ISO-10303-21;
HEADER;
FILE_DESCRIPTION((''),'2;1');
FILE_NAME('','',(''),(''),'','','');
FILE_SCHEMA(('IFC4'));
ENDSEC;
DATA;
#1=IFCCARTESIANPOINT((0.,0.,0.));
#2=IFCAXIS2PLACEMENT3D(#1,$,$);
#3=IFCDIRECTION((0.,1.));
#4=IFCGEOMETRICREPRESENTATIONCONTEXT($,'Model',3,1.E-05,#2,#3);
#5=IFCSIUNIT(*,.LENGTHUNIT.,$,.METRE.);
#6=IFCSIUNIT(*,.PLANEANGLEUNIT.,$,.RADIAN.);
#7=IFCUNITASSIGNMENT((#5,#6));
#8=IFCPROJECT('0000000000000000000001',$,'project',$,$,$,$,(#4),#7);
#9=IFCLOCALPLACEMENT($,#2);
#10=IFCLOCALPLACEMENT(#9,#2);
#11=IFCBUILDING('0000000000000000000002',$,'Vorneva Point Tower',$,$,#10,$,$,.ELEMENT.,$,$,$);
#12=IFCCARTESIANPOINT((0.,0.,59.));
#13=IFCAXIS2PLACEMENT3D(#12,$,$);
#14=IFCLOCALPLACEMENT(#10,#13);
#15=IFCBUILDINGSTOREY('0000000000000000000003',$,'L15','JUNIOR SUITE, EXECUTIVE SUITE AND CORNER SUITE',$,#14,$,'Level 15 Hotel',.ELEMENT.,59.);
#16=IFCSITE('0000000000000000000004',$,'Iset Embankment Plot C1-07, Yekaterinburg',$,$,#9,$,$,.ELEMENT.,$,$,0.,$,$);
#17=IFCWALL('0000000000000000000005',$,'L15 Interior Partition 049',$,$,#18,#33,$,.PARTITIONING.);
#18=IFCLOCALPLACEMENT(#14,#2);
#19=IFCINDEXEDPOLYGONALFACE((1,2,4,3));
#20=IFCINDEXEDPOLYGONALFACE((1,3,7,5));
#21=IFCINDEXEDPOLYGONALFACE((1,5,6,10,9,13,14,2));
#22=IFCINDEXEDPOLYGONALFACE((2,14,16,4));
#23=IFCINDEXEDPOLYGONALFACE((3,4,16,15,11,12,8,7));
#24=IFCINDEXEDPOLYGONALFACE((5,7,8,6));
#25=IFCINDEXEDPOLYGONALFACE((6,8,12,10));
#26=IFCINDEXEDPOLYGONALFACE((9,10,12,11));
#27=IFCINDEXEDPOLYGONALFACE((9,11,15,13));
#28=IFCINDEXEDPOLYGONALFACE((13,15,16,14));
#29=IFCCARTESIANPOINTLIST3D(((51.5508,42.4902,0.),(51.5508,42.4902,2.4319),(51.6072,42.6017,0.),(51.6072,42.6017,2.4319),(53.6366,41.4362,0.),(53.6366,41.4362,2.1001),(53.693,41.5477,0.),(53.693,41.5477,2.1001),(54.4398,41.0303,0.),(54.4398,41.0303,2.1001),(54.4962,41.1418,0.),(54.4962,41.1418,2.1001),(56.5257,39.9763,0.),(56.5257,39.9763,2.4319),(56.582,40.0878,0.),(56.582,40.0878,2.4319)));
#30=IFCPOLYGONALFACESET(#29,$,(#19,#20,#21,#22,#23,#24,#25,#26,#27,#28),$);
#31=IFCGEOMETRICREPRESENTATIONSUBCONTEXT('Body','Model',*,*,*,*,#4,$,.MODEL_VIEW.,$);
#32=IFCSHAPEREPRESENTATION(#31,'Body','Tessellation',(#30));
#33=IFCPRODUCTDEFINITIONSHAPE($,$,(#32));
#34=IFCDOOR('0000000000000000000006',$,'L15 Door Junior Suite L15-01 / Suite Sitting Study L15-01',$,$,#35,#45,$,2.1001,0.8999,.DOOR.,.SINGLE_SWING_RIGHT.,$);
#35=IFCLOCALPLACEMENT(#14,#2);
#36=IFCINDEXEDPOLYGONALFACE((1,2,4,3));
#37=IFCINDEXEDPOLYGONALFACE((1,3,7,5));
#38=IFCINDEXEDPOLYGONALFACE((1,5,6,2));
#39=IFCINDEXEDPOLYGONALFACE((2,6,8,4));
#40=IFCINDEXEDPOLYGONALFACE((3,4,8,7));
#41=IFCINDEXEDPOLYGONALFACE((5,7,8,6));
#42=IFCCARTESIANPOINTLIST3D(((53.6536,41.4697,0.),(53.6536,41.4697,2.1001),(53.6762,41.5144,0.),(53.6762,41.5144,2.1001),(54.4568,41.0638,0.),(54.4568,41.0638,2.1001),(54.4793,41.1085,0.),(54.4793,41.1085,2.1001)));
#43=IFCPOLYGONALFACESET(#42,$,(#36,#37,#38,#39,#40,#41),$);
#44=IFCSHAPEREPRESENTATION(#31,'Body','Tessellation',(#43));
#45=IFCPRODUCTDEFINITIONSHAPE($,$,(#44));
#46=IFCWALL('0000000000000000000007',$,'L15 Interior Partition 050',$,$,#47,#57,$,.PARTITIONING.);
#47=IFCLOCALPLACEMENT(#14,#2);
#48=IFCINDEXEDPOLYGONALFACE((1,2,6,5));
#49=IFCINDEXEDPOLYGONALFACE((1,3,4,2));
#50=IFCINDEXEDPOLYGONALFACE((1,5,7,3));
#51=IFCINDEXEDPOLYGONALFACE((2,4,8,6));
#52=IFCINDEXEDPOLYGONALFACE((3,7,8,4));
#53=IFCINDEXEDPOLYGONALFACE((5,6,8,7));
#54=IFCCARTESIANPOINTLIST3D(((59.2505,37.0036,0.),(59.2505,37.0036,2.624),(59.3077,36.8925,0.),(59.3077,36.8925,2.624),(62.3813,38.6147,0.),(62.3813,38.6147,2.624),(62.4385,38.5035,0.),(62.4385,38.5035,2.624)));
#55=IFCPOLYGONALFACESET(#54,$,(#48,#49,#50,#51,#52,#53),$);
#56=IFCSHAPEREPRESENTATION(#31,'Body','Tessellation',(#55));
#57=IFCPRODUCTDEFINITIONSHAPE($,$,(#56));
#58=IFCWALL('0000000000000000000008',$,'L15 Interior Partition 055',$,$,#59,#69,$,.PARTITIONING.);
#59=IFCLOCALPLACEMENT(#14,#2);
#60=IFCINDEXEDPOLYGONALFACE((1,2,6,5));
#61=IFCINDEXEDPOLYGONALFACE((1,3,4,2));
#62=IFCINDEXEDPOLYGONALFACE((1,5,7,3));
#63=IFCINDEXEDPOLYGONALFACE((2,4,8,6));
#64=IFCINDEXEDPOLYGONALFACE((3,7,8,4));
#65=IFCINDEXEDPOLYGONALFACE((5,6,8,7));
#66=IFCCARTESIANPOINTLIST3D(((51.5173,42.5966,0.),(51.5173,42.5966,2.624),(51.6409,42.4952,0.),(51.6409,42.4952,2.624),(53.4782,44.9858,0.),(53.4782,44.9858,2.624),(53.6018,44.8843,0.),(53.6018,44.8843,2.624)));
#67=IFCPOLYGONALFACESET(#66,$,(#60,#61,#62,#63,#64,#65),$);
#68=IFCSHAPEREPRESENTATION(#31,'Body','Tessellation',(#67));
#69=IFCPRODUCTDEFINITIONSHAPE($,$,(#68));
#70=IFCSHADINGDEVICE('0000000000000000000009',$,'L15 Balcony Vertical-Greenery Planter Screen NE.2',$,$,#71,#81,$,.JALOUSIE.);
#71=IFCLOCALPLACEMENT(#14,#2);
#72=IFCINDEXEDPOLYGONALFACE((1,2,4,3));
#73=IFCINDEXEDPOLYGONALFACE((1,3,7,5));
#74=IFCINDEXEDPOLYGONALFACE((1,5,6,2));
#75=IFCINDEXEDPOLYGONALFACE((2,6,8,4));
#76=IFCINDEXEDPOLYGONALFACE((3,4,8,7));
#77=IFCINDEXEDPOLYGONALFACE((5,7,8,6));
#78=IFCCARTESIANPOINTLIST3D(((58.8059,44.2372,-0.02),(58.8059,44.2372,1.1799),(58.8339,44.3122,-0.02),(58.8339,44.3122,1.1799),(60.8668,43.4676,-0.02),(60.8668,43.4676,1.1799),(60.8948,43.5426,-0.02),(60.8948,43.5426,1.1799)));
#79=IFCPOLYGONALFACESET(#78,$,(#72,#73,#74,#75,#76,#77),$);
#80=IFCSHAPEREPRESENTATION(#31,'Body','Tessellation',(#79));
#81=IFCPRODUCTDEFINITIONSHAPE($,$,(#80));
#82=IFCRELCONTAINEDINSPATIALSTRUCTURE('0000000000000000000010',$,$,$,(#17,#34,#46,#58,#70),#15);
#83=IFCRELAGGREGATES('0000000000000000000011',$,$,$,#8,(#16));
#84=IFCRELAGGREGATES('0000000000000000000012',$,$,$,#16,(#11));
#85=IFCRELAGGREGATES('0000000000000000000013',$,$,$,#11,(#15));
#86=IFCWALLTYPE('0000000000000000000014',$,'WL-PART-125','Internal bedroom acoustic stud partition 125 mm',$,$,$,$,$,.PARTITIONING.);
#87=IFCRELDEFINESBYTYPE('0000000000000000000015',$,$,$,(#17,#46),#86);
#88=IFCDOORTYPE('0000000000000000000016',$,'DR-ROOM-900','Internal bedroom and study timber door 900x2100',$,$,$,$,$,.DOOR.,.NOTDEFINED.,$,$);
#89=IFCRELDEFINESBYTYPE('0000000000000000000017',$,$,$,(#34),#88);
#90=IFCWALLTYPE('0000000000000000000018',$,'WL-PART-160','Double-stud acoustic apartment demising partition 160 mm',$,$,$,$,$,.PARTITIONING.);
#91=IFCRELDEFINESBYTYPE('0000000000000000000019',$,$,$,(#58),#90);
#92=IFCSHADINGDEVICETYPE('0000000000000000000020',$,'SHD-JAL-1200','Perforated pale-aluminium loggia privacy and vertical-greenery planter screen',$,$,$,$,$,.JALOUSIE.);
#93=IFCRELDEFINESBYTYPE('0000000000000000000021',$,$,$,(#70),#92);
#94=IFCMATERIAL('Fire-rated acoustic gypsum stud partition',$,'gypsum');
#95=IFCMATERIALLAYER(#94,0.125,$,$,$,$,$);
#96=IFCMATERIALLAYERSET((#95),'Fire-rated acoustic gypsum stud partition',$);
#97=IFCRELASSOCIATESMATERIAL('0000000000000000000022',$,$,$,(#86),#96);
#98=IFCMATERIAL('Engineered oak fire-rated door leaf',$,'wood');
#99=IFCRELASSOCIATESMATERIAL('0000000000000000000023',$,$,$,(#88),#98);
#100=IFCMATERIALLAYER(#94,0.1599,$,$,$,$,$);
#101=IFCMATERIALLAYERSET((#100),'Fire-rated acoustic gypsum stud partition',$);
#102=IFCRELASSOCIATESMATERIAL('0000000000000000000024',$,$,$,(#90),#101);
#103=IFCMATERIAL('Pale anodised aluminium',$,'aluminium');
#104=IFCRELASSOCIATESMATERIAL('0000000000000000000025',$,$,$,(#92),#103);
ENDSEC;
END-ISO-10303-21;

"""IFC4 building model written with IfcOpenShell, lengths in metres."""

from ifc_helpers import new_model, si_unit, direction, frame, frame_2d, origin, origin_2d, place, context, subcontext, project, spatial, rectangle, extrude, material, layer, layer_set, type_object, element, fill, save


model = new_model("IFC4")

# Units and contexts
model_context = context("Model", 3, precision=1e-05, world=origin(), true_north=direction((0.0, 1.0)))
body_context = subcontext(model_context, "Body", "Model", "MODEL_VIEW")
ifc_project = project(units=[si_unit("LENGTHUNIT", "METRE"), si_unit("PLANEANGLEUNIT", "RADIAN")], contexts=[model_context])

# Site, building, storey
site_placement = place(None, origin())
site = spatial("IfcSite", under=ifc_project, at=site_placement, Name="Iset Embankment Plot C1-07, Yekaterinburg", CompositionType="ELEMENT", RefElevation=0.0)
building_placement = place(site_placement, origin())
building = spatial("IfcBuilding", under=site, at=building_placement, Name="Vorneva Point Tower", CompositionType="ELEMENT")
storey_placement = place(building_placement, frame((0.0, 0.0, 59.0)))
storey = spatial("IfcBuildingStorey", under=building, at=storey_placement, Name="L15", Description="JUNIOR SUITE, EXECUTIVE SUITE AND CORNER SUITE", LongName="Level 15 Hotel", CompositionType="ELEMENT", Elevation=59.0)

# Shared definitions
ifc_material_1 = material(Name="Pale anodised aluminium", Category="aluminium")

# Shared definitions
ifc_material_2 = material(Name="Fire-rated acoustic gypsum stud partition", Category="gypsum")
ifc_material_3 = material(Name="Engineered oak fire-rated door leaf", Category="wood")

# Shared definitions
ifc_layer_1 = layer(ifc_material_2, 0.125)
ifc_layer_set_1 = layer_set([ifc_layer_1], Name="Fire-rated acoustic gypsum stud partition")
wall_type_1 = type_object("IfcWallType", Name="WL-PART-125", Description="Internal bedroom acoustic stud partition 125 mm", PredefinedType="PARTITIONING", material=ifc_layer_set_1)

# Wall, opening, door
wall_1_placement = place(storey_placement, frame((56.554, 40.032, 0.0), z_axis=(0.0, 0.0, 1.0), x_axis=(-0.892518, 0.451011, 0.0)))
wall_1 = element("IfcWall", 1, at=wall_1_placement, inside=storey, type_object=wall_type_1, Name="L15 Interior Partition 049", PredefinedType="PARTITIONING", context=body_context, shape_type="SweptSolid", body=[
    extrude(rectangle(XDim=5.574, YDim=0.125, at=frame_2d((2.7871, 0.0))), origin(), (0.0, 0.0, 1.0), 2.4319),
])
opening_1_placement = place(wall_1_placement, frame((2.3372, 0.0, 0.0)))
opening_1 = element("IfcOpeningElement", 2, at=opening_1_placement, cuts=wall_1, PredefinedType="OPENING", context=body_context, shape_type="SweptSolid", body=[
    extrude(rectangle(XDim=0.8999, YDim=2.1001, at=frame_2d((0.45, 1.05))), frame((0.0, 0.0774, 0.0), z_axis=(0.0, -1.0, 0.0), x_axis=(1.0, 0.0, 0.0)), (0.0, 0.0, 1.0), 0.1548),
])
door_type_1 = type_object("IfcDoorType", Name="DR-ROOM-900", Description="Internal bedroom and study timber door 900x2100", OperationType="NOTDEFINED", PredefinedType="DOOR", material=ifc_material_3)
door_1_placement = place(opening_1_placement, origin())
door_1 = element("IfcDoor", 3, at=door_1_placement, inside=storey, type_object=door_type_1, Name="L15 Door Junior Suite L15-01 / Suite Sitting Study L15-01", OperationType="SINGLE_SWING_RIGHT", OverallHeight=2.1001, OverallWidth=0.8999, PredefinedType="DOOR", context=body_context, shape_type="SweptSolid", body=[
    extrude(rectangle(XDim=0.8999, YDim=2.1001, at=frame_2d((0.45, 1.05))), frame((0.0, 0.0249, 0.0), z_axis=(0.0, -1.0, 0.0), x_axis=(1.0, 0.0, 0.0)), (0.0, 0.0, 1.0), 0.05),
])
fill(opening_1, door_1)

# Walls
wall_2_placement = place(storey_placement, frame((62.4099, 38.5591, 0.0), z_axis=(0.0, 0.0, 1.0), x_axis=(-0.889181, -0.457556, 0.0)))
element("IfcWall", 4, at=wall_2_placement, inside=storey, type_object=wall_type_1, Name="L15 Interior Partition 050", PredefinedType="PARTITIONING", context=body_context, shape_type="SweptSolid", body=[
    extrude(rectangle(XDim=3.521, YDim=0.125, at=frame_2d((1.7605, 0.0))), origin(), (0.0, 0.0, 1.0), 2.624),
])
ifc_layer_2 = layer(ifc_material_2, 0.1599)
ifc_layer_set_2 = layer_set([ifc_layer_2], Name="Fire-rated acoustic gypsum stud partition")
wall_type_2 = type_object("IfcWallType", Name="WL-PART-160", Description="Double-stud acoustic apartment demising partition 160 mm", PredefinedType="PARTITIONING", material=ifc_layer_set_2)
wall_3_placement = place(storey_placement, frame((53.54, 44.9351, 0.0), z_axis=(0.0, 0.0, 1.0), x_axis=(-0.634433, -0.772978, 0.0)))
element("IfcWall", 5, at=wall_3_placement, inside=storey, type_object=wall_type_2, Name="L15 Interior Partition 055", PredefinedType="PARTITIONING", context=body_context, shape_type="SweptSolid", body=[
    extrude(rectangle(XDim=3.0908, YDim=0.1599, at=frame_2d((1.5454, 0.0))), origin(), (0.0, 0.0, 1.0), 2.624),
])

# Shading device
shading_device_type = type_object("IfcShadingDeviceType", Name="SHD-JAL-1200", Description="Perforated pale-aluminium loggia privacy and vertical-greenery planter screen", PredefinedType="JALOUSIE", material=ifc_material_1)
shading_device_placement = place(storey_placement, frame((59.8503, 43.8899, -0.02), z_axis=(0.0, 0.0, 1.0), x_axis=(-0.936819, 0.349815, 0.0)))
element("IfcShadingDevice", 6, at=shading_device_placement, inside=storey, type_object=shading_device_type, Name="L15 Balcony Vertical-Greenery Planter Screen NE.2", PredefinedType="JALOUSIE", context=body_context, shape_type="SweptSolid", body=[
    extrude(rectangle(XDim=2.2, YDim=0.0801, at=origin_2d()), origin(), (0.0, 0.0, 1.0), 1.2),
])

save(model, "model.ifc")
